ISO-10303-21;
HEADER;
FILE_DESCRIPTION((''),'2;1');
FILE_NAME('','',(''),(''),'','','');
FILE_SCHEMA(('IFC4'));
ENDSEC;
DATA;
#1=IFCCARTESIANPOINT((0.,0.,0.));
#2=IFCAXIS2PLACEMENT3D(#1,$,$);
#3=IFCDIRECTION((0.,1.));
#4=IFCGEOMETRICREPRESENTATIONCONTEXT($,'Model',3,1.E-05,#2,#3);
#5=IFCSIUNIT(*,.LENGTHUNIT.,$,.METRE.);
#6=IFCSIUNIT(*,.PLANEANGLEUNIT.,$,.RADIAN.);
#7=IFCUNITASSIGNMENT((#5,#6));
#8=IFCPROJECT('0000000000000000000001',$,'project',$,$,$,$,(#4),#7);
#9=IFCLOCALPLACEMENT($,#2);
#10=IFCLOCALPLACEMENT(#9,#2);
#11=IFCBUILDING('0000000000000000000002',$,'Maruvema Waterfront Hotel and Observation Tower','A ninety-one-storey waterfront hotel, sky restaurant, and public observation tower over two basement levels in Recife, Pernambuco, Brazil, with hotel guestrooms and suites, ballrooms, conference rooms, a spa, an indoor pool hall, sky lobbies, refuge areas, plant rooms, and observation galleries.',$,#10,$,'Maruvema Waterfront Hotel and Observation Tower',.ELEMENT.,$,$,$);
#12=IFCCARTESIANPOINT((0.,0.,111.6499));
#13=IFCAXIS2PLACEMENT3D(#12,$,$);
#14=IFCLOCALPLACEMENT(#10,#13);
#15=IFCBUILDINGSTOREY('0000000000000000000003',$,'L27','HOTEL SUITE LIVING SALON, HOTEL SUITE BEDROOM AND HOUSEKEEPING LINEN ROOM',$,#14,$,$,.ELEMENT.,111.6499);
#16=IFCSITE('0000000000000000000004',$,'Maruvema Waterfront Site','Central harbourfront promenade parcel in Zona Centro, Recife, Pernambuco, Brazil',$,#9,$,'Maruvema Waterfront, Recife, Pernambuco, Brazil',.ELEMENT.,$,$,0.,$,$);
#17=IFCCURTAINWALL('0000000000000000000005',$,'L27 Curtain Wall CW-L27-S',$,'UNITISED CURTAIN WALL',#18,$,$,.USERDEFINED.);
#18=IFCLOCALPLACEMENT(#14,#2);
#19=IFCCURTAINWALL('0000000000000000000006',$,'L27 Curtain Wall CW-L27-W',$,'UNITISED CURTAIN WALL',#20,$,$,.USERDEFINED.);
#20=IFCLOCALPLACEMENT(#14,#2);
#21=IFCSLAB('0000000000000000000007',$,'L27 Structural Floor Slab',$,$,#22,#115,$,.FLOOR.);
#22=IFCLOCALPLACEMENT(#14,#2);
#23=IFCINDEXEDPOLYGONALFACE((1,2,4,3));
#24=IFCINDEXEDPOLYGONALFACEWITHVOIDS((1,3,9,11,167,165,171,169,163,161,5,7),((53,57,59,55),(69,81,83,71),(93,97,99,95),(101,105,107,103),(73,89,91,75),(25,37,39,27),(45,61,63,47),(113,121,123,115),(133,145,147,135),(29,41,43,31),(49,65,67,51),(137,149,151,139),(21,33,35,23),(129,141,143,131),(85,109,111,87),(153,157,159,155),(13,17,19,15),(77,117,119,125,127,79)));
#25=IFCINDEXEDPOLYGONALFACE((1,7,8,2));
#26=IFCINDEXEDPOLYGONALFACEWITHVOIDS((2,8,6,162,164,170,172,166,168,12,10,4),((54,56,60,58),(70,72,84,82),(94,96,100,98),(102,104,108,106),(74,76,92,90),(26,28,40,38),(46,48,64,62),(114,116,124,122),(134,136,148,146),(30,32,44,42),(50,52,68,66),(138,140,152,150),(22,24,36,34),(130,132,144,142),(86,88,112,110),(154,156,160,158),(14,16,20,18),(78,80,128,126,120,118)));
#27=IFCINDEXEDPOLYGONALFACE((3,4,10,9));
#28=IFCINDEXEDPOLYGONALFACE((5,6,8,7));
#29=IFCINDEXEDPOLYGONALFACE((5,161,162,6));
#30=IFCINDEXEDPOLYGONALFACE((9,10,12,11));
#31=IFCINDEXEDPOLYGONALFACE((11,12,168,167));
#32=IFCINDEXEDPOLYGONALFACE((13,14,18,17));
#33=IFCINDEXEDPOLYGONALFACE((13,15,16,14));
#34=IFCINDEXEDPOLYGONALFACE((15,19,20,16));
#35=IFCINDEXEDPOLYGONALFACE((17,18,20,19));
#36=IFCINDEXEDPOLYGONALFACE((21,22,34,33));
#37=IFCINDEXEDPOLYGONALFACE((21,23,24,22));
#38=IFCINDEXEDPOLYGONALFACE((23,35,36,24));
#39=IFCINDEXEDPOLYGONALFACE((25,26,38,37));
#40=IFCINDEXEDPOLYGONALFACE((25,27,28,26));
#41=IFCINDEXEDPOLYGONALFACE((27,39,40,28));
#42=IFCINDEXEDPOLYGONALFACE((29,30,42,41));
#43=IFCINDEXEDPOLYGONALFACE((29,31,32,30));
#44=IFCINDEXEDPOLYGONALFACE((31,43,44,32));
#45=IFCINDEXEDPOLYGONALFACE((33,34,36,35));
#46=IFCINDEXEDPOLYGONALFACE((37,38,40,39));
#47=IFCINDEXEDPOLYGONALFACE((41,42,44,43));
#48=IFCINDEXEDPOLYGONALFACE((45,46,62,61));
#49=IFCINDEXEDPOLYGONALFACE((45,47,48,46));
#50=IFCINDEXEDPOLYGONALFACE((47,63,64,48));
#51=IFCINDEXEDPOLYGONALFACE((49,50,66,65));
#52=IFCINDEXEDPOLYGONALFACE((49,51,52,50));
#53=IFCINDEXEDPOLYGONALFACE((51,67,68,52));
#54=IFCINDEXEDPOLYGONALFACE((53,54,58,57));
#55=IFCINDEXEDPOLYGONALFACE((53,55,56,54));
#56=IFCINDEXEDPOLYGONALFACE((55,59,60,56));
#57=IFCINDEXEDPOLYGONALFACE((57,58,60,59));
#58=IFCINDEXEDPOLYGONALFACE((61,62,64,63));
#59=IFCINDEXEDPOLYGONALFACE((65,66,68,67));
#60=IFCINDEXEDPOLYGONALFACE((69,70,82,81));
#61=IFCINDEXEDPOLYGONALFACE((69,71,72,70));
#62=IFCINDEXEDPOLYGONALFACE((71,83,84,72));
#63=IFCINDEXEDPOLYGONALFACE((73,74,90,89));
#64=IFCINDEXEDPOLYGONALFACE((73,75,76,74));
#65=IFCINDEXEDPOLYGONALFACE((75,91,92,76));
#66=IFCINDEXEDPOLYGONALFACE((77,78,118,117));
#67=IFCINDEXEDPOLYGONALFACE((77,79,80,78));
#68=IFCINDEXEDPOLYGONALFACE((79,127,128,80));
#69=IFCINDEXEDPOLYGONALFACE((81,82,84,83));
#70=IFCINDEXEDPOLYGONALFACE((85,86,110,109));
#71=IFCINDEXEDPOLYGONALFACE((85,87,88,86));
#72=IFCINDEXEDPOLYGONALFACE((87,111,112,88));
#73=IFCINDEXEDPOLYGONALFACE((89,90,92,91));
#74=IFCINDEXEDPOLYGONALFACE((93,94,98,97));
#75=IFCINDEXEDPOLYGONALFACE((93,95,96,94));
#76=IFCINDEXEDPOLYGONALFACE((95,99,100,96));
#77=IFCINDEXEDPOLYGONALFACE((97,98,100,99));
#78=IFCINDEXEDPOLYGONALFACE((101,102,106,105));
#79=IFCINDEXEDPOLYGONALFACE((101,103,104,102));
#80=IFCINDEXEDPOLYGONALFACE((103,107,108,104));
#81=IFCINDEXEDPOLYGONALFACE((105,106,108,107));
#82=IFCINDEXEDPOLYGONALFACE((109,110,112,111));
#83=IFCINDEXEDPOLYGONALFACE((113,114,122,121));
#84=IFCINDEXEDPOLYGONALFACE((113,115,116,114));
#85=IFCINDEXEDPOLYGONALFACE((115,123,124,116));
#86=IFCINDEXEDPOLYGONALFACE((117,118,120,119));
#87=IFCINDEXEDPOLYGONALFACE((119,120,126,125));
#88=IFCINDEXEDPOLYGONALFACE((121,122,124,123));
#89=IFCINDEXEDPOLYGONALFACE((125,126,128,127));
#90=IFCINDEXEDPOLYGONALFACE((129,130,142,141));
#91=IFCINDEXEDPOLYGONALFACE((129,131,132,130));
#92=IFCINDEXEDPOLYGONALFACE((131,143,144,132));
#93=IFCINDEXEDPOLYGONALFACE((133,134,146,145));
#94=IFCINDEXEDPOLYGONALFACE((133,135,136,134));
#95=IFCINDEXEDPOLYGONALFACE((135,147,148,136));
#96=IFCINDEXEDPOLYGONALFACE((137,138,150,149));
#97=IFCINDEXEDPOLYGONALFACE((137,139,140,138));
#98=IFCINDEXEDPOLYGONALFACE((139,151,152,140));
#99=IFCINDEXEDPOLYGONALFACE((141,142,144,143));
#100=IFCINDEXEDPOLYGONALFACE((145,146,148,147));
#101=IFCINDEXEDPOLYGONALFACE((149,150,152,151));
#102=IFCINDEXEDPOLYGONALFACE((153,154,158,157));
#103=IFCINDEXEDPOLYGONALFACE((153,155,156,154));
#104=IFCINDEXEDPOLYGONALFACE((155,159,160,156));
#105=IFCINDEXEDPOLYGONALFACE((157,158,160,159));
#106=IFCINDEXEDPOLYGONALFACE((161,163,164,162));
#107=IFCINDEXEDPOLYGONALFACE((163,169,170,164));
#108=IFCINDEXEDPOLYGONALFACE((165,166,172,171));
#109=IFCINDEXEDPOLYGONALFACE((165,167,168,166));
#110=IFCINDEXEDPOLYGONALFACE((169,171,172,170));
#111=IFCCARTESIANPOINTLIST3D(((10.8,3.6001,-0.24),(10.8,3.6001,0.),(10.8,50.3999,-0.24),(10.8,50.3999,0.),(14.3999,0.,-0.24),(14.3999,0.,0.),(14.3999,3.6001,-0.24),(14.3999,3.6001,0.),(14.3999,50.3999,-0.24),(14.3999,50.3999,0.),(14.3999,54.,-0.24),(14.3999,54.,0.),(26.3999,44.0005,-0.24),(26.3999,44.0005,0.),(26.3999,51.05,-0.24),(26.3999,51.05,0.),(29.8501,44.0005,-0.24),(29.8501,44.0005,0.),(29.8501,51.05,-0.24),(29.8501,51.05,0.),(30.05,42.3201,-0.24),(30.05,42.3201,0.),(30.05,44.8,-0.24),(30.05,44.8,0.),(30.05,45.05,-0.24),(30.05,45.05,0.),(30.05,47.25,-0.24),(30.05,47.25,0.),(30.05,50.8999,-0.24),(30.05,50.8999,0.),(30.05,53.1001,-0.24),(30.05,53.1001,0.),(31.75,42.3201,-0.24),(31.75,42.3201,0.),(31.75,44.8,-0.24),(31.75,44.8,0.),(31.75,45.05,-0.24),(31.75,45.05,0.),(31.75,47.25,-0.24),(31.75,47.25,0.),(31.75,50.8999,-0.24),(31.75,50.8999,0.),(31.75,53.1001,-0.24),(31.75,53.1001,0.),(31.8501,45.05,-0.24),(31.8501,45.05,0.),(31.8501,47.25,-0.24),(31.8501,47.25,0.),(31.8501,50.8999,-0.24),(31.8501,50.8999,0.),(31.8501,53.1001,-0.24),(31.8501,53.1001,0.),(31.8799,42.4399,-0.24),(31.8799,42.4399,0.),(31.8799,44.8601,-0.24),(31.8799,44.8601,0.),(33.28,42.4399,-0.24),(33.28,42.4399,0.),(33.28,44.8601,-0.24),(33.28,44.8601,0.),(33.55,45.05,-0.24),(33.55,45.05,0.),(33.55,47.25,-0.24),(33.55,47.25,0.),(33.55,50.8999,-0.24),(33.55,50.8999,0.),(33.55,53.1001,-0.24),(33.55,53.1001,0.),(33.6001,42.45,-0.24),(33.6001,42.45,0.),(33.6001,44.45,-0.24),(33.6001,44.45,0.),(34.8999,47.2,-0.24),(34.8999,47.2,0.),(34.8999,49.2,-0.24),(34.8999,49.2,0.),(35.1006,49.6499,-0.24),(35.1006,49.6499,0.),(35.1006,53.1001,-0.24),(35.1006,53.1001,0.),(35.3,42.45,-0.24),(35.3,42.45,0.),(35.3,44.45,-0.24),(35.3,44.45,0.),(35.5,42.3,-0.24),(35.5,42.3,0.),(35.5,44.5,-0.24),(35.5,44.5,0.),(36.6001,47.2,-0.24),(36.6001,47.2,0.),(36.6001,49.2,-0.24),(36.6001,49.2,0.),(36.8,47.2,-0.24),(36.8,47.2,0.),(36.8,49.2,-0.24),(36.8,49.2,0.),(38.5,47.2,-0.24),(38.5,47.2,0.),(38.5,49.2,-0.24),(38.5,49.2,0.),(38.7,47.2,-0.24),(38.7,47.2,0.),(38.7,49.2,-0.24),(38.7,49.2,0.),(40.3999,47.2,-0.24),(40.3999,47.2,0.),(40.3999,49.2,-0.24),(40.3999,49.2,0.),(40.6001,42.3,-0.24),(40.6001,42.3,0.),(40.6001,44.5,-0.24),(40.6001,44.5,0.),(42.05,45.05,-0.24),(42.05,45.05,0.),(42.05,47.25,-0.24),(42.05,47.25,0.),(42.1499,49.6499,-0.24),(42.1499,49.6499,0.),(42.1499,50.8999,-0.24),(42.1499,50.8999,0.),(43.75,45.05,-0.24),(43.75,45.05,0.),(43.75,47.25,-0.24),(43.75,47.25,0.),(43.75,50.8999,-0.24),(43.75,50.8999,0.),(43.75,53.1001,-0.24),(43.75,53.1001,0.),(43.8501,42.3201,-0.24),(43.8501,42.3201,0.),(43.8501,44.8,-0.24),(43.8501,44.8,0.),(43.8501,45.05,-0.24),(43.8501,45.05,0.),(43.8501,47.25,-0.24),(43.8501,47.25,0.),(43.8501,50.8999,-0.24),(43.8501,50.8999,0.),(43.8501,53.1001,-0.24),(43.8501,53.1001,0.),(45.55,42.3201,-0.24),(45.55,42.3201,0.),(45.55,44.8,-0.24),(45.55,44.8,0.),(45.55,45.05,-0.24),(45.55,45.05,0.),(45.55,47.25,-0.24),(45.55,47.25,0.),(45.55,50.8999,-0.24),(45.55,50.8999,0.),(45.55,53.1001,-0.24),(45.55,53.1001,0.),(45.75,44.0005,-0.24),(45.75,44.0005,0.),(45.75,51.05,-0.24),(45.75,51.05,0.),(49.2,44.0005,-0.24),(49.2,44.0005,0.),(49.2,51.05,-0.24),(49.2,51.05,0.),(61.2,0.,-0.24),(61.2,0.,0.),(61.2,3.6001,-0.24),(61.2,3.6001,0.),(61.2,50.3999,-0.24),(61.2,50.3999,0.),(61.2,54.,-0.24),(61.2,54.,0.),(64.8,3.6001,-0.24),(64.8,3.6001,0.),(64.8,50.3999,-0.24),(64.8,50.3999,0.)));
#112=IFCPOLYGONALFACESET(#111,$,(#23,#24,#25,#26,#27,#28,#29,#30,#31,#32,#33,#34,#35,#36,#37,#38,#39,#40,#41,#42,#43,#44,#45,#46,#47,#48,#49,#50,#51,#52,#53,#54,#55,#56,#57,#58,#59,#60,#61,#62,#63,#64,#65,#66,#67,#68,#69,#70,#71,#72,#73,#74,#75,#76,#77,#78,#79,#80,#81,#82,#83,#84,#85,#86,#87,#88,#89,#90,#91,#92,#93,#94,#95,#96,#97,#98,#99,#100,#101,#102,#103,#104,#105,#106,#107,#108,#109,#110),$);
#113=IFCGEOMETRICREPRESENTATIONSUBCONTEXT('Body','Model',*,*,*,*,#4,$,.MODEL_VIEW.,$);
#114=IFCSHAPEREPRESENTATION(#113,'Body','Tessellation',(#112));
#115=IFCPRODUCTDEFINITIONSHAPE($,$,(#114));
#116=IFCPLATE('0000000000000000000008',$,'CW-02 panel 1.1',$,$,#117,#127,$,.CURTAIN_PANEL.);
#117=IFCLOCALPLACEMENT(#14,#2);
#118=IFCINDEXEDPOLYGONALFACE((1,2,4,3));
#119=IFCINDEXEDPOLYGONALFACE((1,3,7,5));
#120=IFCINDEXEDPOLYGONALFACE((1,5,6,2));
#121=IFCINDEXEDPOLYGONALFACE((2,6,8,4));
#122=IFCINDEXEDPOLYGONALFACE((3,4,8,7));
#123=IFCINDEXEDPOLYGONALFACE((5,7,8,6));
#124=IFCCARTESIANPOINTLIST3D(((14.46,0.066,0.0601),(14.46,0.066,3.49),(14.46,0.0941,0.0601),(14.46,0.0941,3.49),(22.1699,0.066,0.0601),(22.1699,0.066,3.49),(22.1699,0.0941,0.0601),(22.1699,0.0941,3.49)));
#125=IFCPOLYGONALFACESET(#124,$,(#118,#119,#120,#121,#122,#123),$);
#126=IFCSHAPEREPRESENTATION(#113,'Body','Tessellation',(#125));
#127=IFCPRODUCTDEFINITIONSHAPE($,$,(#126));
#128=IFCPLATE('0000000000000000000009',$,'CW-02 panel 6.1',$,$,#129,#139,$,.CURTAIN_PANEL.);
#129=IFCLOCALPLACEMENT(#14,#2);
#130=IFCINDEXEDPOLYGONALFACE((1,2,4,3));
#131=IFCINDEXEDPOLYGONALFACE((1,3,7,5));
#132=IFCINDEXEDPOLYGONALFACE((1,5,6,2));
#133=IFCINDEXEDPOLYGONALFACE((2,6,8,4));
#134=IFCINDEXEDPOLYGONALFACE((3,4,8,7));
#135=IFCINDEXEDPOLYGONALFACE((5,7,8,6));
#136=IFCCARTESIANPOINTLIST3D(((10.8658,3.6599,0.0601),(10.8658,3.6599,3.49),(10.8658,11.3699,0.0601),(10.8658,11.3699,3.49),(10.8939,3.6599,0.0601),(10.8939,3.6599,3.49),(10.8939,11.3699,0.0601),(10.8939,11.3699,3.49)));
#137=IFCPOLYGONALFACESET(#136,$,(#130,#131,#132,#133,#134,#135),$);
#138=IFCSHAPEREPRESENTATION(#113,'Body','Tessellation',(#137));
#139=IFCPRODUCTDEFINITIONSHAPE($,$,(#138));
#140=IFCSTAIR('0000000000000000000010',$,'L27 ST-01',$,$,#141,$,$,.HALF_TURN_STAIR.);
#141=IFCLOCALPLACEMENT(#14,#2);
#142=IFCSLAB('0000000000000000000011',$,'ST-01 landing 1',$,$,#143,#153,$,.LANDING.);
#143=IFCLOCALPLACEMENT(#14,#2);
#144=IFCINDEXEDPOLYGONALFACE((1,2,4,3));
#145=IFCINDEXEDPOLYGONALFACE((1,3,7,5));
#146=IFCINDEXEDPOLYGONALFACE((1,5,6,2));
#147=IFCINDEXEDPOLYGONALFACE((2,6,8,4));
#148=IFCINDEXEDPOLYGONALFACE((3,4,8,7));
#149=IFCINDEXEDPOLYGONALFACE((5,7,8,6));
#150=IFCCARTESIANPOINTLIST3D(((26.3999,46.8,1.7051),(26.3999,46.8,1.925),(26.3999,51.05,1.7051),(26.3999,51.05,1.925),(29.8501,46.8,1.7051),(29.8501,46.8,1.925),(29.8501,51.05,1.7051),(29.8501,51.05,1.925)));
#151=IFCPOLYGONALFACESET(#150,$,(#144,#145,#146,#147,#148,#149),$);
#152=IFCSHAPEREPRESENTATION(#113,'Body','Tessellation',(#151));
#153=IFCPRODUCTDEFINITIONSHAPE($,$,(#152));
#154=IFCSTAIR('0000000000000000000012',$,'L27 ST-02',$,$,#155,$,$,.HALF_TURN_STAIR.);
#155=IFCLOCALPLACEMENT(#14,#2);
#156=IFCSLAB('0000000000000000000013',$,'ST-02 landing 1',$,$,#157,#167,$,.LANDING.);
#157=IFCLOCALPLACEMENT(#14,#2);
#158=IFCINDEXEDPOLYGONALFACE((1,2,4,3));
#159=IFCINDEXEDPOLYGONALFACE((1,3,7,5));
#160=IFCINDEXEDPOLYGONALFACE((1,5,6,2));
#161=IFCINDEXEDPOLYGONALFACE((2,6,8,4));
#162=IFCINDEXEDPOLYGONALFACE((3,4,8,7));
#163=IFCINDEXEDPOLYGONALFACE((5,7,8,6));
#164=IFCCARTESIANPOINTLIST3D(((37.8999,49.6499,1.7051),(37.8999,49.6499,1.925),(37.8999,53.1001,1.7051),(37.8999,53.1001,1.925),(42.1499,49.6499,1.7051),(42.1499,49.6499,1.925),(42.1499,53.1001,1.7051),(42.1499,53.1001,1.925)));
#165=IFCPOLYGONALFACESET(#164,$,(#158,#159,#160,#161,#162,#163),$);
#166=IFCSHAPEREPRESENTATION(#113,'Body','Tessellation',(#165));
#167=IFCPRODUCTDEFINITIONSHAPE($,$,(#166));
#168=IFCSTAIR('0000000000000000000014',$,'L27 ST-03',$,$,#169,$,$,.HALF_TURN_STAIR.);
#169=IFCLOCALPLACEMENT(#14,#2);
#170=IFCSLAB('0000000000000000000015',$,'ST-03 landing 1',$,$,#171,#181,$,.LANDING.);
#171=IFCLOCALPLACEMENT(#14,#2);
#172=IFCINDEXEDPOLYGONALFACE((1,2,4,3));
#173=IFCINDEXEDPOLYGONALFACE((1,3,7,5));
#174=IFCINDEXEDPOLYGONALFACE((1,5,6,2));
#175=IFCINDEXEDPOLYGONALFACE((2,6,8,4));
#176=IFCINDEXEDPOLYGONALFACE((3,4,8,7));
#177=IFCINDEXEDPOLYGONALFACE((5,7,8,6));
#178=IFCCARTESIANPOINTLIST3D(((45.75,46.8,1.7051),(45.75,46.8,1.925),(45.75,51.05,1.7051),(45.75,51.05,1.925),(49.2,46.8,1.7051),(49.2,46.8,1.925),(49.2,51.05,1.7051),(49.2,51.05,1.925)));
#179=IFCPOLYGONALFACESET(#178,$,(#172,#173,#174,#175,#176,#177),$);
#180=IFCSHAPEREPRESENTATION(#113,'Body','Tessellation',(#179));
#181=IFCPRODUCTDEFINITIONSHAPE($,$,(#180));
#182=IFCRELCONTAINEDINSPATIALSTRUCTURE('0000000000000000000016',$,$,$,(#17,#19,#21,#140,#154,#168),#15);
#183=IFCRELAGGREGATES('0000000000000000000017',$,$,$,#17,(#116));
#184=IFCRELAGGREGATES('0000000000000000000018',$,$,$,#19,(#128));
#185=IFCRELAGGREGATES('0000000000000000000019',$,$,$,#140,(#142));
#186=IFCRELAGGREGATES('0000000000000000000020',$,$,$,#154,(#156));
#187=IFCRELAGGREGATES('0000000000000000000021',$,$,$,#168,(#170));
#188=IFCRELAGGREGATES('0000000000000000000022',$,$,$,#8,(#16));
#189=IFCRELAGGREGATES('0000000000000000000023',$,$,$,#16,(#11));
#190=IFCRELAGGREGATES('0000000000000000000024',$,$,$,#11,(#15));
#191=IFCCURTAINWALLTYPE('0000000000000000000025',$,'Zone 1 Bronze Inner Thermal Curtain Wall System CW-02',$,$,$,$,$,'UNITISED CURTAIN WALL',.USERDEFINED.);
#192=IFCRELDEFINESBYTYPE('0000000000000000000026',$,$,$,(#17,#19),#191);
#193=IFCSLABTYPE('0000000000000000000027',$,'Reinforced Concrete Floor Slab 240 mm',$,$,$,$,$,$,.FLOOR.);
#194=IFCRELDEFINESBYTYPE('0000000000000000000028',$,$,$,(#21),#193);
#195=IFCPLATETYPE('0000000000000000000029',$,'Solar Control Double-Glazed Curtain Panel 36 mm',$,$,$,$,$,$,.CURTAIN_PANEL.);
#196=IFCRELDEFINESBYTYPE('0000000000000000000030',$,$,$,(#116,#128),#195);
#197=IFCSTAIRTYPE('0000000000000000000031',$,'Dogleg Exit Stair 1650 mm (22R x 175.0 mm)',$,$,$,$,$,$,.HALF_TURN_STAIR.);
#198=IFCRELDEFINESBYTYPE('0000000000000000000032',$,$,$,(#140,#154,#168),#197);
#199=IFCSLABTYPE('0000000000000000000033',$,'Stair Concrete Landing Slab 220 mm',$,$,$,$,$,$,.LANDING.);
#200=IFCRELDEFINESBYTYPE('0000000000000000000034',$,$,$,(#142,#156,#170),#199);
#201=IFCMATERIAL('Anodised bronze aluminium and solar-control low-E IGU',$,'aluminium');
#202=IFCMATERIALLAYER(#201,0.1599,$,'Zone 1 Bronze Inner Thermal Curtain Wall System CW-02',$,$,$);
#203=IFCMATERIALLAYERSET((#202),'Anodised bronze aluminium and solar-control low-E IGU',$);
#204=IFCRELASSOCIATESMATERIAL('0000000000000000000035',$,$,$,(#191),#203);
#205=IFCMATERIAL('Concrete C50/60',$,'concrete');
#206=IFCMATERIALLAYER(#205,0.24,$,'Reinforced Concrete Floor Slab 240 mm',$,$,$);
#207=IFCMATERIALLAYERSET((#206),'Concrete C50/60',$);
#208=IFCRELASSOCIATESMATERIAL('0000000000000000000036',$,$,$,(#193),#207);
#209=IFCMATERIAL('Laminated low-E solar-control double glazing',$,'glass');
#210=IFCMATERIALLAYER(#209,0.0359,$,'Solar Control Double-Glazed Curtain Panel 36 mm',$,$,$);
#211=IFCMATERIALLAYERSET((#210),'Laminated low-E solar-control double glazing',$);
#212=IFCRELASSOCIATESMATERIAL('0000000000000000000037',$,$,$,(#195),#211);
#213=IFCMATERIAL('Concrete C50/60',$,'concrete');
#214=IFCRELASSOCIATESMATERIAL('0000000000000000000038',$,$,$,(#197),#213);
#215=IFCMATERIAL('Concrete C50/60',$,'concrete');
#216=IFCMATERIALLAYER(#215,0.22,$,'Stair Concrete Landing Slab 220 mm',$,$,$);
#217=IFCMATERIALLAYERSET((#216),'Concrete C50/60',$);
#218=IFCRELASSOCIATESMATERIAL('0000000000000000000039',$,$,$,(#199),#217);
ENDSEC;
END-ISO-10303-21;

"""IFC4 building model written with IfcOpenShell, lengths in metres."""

from ifc_helpers import new_model, si_unit, direction, frame, origin, origin_2d, place, context, subcontext, project, spatial, polyline, rectangle, outline, extrude, material, layer, layer_set, type_object, element, aggregate, save


model = new_model("IFC4")

# Units and contexts
model_context = context("Model", 3, precision=1e-05, world=origin(), true_north=direction((0.0, 1.0)))
body_context = subcontext(model_context, "Body", "Model", "MODEL_VIEW")
ifc_project = project(units=[si_unit("LENGTHUNIT", "METRE"), si_unit("PLANEANGLEUNIT", "RADIAN")], contexts=[model_context])

# Site, building, storey
site_placement = place(None, origin())
site = spatial("IfcSite", under=ifc_project, at=site_placement, Name="Maruvema Waterfront Site", Description="Central harbourfront promenade parcel in Zona Centro, Recife, Pernambuco, Brazil", LongName="Maruvema Waterfront, Recife, Pernambuco, Brazil", CompositionType="ELEMENT", RefElevation=0.0)
building_placement = place(site_placement, origin())
building = spatial("IfcBuilding", under=site, at=building_placement, Name="Maruvema Waterfront Hotel and Observation Tower", Description="A ninety-one-storey waterfront hotel, sky restaurant, and public observation tower over two basement levels in Recife, Pernambuco, Brazil, with hotel guestrooms and suites, ballrooms, conference rooms, a spa, an indoor pool hall, sky lobbies, refuge areas, plant rooms, and observation galleries.", LongName="Maruvema Waterfront Hotel and Observation Tower", CompositionType="ELEMENT")
storey_placement = place(building_placement, frame((0.0, 0.0, 111.6499)))
storey = spatial("IfcBuildingStorey", under=building, at=storey_placement, Name="L27", Description="HOTEL SUITE LIVING SALON, HOTEL SUITE BEDROOM AND HOUSEKEEPING LINEN ROOM", CompositionType="ELEMENT", Elevation=111.6499)

# Curtain walls
ifc_material_1 = material(Name="Anodised bronze aluminium and solar-control low-E IGU", Category="aluminium")
ifc_layer_1 = layer(ifc_material_1, 0.1599, Name="Zone 1 Bronze Inner Thermal Curtain Wall System CW-02")
ifc_layer_set_1 = layer_set([ifc_layer_1], Name="Anodised bronze aluminium and solar-control low-E IGU")
curtain_wall_type = type_object("IfcCurtainWallType", Name="Zone 1 Bronze Inner Thermal Curtain Wall System CW-02", ElementType="UNITISED CURTAIN WALL", PredefinedType="USERDEFINED", material=ifc_layer_set_1)
curtain_wall_1_placement = place(storey_placement, origin())
curtain_wall_1 = element("IfcCurtainWall", 1, at=curtain_wall_1_placement, inside=storey, type_object=curtain_wall_type, Name="L27 Curtain Wall CW-L27-S", ObjectType="UNITISED CURTAIN WALL", PredefinedType="USERDEFINED")
curtain_wall_2_placement = place(storey_placement, origin())
curtain_wall_2 = element("IfcCurtainWall", 2, at=curtain_wall_2_placement, inside=storey, type_object=curtain_wall_type, Name="L27 Curtain Wall CW-L27-W", ObjectType="UNITISED CURTAIN WALL", PredefinedType="USERDEFINED")

# Slab
ifc_material_2 = material(Name="Concrete C50/60", Category="concrete")
ifc_layer_2 = layer(ifc_material_2, 0.24, Name="Reinforced Concrete Floor Slab 240 mm")
ifc_layer_set_2 = layer_set([ifc_layer_2], Name="Concrete C50/60")
slab_type_1 = type_object("IfcSlabType", Name="Reinforced Concrete Floor Slab 240 mm", PredefinedType="FLOOR", material=ifc_layer_set_2)
slab_1_placement = place(storey_placement, frame((0.0, 0.0, -0.24)))
element("IfcSlab", 3, at=slab_1_placement, inside=storey, type_object=slab_type_1, Name="L27 Structural Floor Slab", PredefinedType="FLOOR", context=body_context, shape_type="SweptSolid", body=[
    extrude(outline(polyline([(14.3999, 0.0), (61.2, 0.0), (61.2, 3.6001), (64.8, 3.6001), (64.8, 50.3999), (61.2, 50.3999), (61.2, 54.0), (14.3999, 54.0), (14.3999, 50.3999), (10.8, 50.3999), (10.8, 3.6001), (14.3999, 3.6001), (14.3999, 0.0)]), holes=[polyline([(26.3999, 44.0005), (26.3999, 51.05), (29.8501, 51.05), (29.8501, 44.0005), (26.3999, 44.0005)]), polyline([(30.05, 44.8), (31.75, 44.8), (31.75, 42.3201), (30.05, 42.3201), (30.05, 44.8)]), polyline([(31.75, 47.25), (31.75, 45.05), (30.05, 45.05), (30.05, 47.25), (31.75, 47.25)]), polyline([(31.75, 53.1001), (31.75, 50.8999), (30.05, 50.8999), (30.05, 53.1001), (31.75, 53.1001)]), polyline([(33.28, 44.8601), (33.28, 42.4399), (31.8799, 42.4399), (31.8799, 44.8601), (33.28, 44.8601)]), polyline([(31.8501, 47.25), (33.55, 47.25), (33.55, 45.05), (31.8501, 45.05), (31.8501, 47.25)]), polyline([(31.8501, 53.1001), (33.55, 53.1001), (33.55, 50.8999), (31.8501, 50.8999), (31.8501, 53.1001)]), polyline([(33.6001, 44.45), (35.3, 44.45), (35.3, 42.45), (33.6001, 42.45), (33.6001, 44.45)]), polyline([(34.8999, 49.2), (36.6001, 49.2), (36.6001, 47.2), (34.8999, 47.2), (34.8999, 49.2)]), polyline([(38.5, 49.2), (38.5, 47.2), (36.8, 47.2), (36.8, 49.2), (38.5, 49.2)]), polyline([(35.5, 44.5), (40.6001, 44.5), (40.6001, 42.3), (35.5, 42.3), (35.5, 44.5)]), polyline([(43.75, 50.8999), (42.1499, 50.8999), (42.1499, 49.6499), (35.1006, 49.6499), (35.1006, 53.1001), (43.75, 53.1001), (43.75, 50.8999)]), polyline([(40.3999, 49.2), (40.3999, 47.2), (38.7, 47.2), (38.7, 49.2), (40.3999, 49.2)]), polyline([(43.75, 47.25), (43.75, 45.05), (42.05, 45.05), (42.05, 47.25), (43.75, 47.25)]), polyline([(45.55, 44.8), (45.55, 42.3201), (43.8501, 42.3201), (43.8501, 44.8), (45.55, 44.8)]), polyline([(43.8501, 47.25), (45.55, 47.25), (45.55, 45.05), (43.8501, 45.05), (43.8501, 47.25)]), polyline([(45.55, 53.1001), (45.55, 50.8999), (43.8501, 50.8999), (43.8501, 53.1001), (45.55, 53.1001)]), polyline([(45.75, 51.05), (49.2, 51.05), (49.2, 44.0005), (45.75, 44.0005), (45.75, 51.05)])]), origin(), (0.0, 0.0, 1.0), 0.24),
])

# Plates
ifc_material_3 = material(Name="Laminated low-E solar-control double glazing", Category="glass")
ifc_layer_3 = layer(ifc_material_3, 0.0359, Name="Solar Control Double-Glazed Curtain Panel 36 mm")
ifc_layer_set_3 = layer_set([ifc_layer_3], Name="Laminated low-E solar-control double glazing")
plate_type = type_object("IfcPlateType", Name="Solar Control Double-Glazed Curtain Panel 36 mm", PredefinedType="CURTAIN_PANEL", material=ifc_layer_set_3)
plate_1_placement = place(storey_placement, frame((18.3149, 0.0801, 0.0601), z_axis=(0.0, 0.0, 1.0), x_axis=(1.0, 0.0, 0.0)))
plate_1 = element("IfcPlate", 4, at=plate_1_placement, type_object=plate_type, Name="CW-02 panel 1.1", PredefinedType="CURTAIN_PANEL", context=body_context, shape_type="SweptSolid", body=[
    extrude(rectangle(XDim=7.71, YDim=0.0281, at=origin_2d()), origin(), (0.0, 0.0, 1.0), 3.4299),
])
aggregate(curtain_wall_1, [plate_1])
plate_2_placement = place(storey_placement, frame((10.8799, 7.5149, 0.0601), z_axis=(0.0, 0.0, 1.0), x_axis=(0.0, -1.0, 0.0)))
plate_2 = element("IfcPlate", 5, at=plate_2_placement, type_object=plate_type, Name="CW-02 panel 6.1", PredefinedType="CURTAIN_PANEL", context=body_context, shape_type="SweptSolid", body=[
    extrude(rectangle(XDim=7.71, YDim=0.0281, at=origin_2d()), origin(), (0.0, 0.0, 1.0), 3.4299),
])
aggregate(curtain_wall_2, [plate_2])

# Stairs, slabs
ifc_material_4 = material(Name="Concrete C50/60", Category="concrete")
stair_type = type_object("IfcStairType", Name="Dogleg Exit Stair 1650 mm (22R x 175.0 mm)", PredefinedType="HALF_TURN_STAIR", material=ifc_material_4)
stair_1_placement = place(storey_placement, origin())
stair_1 = element("IfcStair", 6, at=stair_1_placement, inside=storey, type_object=stair_type, Name="L27 ST-01", PredefinedType="HALF_TURN_STAIR")
ifc_material_5 = material(Name="Concrete C50/60", Category="concrete")
ifc_layer_4 = layer(ifc_material_5, 0.22, Name="Stair Concrete Landing Slab 220 mm")
ifc_layer_set_4 = layer_set([ifc_layer_4], Name="Concrete C50/60")
slab_type_2 = type_object("IfcSlabType", Name="Stair Concrete Landing Slab 220 mm", PredefinedType="LANDING", material=ifc_layer_set_4)
slab_2_placement = place(storey_placement, frame((0.0, 0.0, 1.7051)))
slab_2 = element("IfcSlab", 7, at=slab_2_placement, type_object=slab_type_2, Name="ST-01 landing 1", PredefinedType="LANDING", context=body_context, shape_type="SweptSolid", body=[
    extrude(outline(polyline([(29.8501, 46.8), (29.8501, 51.05), (26.3999, 51.05), (26.3999, 46.8), (29.8501, 46.8)])), origin(), (0.0, 0.0, 1.0), 0.22),
])
aggregate(stair_1, [slab_2])
stair_2_placement = place(storey_placement, origin())
stair_2 = element("IfcStair", 8, at=stair_2_placement, inside=storey, type_object=stair_type, Name="L27 ST-02", PredefinedType="HALF_TURN_STAIR")
slab_3_placement = place(storey_placement, frame((0.0, 0.0, 1.7051)))
slab_3 = element("IfcSlab", 9, at=slab_3_placement, type_object=slab_type_2, Name="ST-02 landing 1", PredefinedType="LANDING", context=body_context, shape_type="SweptSolid", body=[
    extrude(outline(polyline([(37.8999, 49.6499), (42.1499, 49.6499), (42.1499, 53.1001), (37.8999, 53.1001), (37.8999, 49.6499)])), origin(), (0.0, 0.0, 1.0), 0.22),
])
aggregate(stair_2, [slab_3])
stair_3_placement = place(storey_placement, origin())
stair_3 = element("IfcStair", 10, at=stair_3_placement, inside=storey, type_object=stair_type, Name="L27 ST-03", PredefinedType="HALF_TURN_STAIR")
slab_4_placement = place(storey_placement, frame((0.0, 0.0, 1.7051)))
slab_4 = element("IfcSlab", 11, at=slab_4_placement, type_object=slab_type_2, Name="ST-03 landing 1", PredefinedType="LANDING", context=body_context, shape_type="SweptSolid", body=[
    extrude(outline(polyline([(49.2, 46.8), (49.2, 51.05), (45.75, 51.05), (45.75, 46.8), (49.2, 46.8)])), origin(), (0.0, 0.0, 1.0), 0.22),
])
aggregate(stair_3, [slab_4])

save(model, "model.ifc")
